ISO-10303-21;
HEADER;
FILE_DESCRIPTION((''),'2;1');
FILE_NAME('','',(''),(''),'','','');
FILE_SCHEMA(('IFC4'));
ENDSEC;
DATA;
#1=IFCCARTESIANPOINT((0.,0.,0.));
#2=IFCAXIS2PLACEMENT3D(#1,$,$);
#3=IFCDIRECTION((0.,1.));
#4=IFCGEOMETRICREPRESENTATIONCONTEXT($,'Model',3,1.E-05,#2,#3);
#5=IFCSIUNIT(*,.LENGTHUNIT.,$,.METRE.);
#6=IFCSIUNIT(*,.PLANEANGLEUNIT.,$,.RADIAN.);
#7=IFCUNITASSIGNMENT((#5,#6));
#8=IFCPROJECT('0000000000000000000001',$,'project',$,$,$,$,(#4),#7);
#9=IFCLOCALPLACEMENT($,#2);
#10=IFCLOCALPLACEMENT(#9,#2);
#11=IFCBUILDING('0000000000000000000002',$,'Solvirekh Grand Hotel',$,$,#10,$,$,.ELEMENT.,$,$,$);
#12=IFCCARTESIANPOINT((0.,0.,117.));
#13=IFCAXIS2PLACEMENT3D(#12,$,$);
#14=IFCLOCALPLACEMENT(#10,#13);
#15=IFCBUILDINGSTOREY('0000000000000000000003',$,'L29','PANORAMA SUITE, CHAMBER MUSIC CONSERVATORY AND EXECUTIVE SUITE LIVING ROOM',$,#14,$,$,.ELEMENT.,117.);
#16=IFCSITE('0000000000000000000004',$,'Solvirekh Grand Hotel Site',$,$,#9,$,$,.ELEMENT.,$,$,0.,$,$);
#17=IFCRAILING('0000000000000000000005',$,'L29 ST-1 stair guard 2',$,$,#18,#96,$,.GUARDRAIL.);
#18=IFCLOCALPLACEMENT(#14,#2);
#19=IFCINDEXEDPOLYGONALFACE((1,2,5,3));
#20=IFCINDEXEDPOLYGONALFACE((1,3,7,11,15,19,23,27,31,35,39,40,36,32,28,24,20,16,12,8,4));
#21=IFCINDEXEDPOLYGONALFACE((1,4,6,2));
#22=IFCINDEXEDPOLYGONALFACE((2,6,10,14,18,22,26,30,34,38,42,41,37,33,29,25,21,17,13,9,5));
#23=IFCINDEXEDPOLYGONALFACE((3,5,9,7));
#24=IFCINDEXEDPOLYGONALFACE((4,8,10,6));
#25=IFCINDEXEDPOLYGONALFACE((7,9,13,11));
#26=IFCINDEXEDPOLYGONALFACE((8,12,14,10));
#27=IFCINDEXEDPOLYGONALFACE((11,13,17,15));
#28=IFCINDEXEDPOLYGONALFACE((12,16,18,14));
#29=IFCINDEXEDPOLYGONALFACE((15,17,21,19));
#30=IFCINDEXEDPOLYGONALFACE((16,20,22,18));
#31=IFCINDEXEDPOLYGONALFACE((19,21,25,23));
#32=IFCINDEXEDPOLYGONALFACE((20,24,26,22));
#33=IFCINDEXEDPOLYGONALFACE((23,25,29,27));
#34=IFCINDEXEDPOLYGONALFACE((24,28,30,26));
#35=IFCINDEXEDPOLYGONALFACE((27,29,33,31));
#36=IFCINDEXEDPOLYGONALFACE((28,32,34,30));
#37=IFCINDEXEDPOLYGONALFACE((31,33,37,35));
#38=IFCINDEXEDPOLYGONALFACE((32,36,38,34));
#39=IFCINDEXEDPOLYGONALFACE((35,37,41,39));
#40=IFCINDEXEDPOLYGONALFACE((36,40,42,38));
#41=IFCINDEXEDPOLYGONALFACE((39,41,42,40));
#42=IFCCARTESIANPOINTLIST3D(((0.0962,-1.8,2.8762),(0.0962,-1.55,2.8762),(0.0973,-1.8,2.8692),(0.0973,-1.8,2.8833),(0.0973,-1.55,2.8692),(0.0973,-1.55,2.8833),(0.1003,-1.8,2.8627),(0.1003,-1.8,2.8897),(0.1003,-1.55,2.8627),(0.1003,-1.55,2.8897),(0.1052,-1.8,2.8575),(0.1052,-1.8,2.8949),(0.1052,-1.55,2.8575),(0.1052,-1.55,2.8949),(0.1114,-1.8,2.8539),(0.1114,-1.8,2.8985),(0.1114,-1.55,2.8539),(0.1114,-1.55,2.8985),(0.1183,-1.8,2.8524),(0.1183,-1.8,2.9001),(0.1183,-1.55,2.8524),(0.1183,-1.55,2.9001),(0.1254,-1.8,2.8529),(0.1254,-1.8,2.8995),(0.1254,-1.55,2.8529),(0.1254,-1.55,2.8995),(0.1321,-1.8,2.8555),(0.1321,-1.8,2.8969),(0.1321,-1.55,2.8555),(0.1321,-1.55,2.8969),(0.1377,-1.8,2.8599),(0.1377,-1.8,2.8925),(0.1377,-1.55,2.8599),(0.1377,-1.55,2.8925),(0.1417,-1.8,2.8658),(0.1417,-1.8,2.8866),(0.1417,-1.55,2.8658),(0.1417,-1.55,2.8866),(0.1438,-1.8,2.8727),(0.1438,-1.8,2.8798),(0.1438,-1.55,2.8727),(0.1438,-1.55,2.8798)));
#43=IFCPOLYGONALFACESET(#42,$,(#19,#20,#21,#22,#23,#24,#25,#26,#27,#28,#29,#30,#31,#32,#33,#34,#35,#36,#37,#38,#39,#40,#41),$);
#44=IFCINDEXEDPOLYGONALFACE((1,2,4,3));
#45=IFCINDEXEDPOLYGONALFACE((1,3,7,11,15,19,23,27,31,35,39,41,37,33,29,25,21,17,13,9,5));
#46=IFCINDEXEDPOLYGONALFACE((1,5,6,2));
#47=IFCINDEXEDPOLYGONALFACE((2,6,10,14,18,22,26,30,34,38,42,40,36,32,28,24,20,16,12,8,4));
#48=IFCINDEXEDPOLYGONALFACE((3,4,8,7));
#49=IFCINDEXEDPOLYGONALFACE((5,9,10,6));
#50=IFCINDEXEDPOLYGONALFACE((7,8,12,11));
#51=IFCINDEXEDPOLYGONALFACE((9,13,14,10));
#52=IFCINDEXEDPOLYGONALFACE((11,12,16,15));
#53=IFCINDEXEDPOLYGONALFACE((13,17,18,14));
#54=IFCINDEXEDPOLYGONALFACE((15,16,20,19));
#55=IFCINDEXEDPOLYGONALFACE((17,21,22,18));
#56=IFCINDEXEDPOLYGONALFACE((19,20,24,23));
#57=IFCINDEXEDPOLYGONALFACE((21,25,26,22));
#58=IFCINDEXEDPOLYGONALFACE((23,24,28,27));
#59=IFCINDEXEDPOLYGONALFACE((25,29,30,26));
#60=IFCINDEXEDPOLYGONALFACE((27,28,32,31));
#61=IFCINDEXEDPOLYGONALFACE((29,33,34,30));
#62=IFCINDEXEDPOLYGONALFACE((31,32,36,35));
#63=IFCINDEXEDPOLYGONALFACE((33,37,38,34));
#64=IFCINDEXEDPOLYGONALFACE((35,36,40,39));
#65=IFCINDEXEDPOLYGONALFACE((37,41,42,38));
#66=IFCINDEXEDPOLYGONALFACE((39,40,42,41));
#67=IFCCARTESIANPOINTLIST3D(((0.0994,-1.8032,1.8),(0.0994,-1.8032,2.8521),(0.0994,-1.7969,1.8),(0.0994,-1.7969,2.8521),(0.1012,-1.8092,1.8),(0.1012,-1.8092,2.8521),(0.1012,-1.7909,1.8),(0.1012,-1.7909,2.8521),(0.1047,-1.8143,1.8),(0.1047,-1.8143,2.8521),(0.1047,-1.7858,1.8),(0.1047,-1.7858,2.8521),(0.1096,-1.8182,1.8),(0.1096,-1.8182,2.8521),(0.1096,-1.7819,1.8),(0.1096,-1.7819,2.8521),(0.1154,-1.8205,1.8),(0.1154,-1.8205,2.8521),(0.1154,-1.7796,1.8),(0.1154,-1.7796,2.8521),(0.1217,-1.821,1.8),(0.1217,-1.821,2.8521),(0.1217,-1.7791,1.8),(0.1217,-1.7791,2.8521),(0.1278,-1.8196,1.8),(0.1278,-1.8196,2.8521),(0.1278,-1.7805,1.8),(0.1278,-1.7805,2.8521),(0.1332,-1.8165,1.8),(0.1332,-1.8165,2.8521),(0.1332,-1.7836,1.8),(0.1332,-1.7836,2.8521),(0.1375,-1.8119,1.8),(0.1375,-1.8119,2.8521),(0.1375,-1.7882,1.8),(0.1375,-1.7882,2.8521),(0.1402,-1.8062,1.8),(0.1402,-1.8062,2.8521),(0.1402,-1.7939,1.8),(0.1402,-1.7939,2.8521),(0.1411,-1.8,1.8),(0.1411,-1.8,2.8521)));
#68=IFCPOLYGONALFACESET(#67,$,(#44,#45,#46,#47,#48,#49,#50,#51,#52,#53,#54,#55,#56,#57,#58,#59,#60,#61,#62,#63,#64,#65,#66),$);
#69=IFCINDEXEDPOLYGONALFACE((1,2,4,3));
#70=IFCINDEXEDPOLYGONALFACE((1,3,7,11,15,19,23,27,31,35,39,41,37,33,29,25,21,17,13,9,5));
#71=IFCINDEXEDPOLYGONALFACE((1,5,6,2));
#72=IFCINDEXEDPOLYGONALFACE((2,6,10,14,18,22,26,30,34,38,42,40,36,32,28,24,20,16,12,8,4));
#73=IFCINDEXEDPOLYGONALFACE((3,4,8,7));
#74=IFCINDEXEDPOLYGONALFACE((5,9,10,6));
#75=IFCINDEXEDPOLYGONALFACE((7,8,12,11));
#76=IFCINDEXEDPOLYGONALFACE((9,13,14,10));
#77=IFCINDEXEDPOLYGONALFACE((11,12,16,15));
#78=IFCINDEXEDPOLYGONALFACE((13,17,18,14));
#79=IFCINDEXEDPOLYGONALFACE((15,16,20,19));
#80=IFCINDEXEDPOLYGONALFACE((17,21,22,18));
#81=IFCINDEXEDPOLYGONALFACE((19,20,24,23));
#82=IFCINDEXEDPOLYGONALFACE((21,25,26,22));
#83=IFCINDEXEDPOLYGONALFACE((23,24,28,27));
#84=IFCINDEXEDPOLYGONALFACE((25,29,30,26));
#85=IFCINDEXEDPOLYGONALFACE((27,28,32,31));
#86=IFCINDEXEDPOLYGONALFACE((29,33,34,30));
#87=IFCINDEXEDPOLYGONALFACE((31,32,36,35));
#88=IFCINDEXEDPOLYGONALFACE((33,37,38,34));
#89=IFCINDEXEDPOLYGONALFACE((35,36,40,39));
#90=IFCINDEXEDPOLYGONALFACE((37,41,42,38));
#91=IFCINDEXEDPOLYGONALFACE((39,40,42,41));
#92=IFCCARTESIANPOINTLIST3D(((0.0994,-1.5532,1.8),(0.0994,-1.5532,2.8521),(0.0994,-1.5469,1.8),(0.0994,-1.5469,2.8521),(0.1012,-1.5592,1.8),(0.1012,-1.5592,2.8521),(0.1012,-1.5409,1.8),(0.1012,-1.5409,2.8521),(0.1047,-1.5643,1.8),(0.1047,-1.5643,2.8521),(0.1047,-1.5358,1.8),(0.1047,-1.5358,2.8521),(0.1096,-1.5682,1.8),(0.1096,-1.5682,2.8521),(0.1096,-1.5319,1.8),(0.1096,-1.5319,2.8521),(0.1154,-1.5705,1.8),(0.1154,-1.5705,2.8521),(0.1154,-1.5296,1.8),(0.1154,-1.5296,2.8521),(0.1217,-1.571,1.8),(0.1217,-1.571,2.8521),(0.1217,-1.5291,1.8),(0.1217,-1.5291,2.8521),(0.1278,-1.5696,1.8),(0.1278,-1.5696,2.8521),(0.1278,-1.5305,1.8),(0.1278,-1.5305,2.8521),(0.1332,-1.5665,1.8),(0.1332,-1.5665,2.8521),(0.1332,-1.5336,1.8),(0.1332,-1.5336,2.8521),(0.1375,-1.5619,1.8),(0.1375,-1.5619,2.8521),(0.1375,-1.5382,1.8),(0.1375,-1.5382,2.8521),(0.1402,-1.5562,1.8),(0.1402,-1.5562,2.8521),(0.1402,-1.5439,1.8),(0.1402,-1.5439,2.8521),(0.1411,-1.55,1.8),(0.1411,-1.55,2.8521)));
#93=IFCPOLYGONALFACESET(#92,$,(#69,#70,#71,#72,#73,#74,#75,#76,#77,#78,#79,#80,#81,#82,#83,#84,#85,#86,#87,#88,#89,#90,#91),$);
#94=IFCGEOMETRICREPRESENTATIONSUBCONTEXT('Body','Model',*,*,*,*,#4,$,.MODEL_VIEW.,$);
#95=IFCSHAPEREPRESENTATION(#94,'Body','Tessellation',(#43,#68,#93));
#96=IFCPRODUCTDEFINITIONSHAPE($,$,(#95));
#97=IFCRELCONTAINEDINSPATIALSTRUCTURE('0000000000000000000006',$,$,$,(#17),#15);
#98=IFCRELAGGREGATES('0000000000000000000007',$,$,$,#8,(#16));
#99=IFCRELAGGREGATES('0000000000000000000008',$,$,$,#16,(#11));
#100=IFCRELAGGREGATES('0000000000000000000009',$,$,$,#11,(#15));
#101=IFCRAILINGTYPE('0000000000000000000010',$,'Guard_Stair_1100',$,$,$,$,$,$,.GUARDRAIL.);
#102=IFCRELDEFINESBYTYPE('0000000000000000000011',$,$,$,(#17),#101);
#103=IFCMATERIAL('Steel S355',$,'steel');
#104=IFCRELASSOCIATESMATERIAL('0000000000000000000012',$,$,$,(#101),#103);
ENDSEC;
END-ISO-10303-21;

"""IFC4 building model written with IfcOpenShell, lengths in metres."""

from ifc_helpers import new_model, si_unit, direction, frame, origin, origin_2d, place, context, subcontext, project, spatial, circle, extrude, material, type_object, element, save


model = new_model("IFC4")

# Units and contexts
model_context = context("Model", 3, precision=1e-05, world=origin(), true_north=direction((0.0, 1.0)))
body_context = subcontext(model_context, "Body", "Model", "MODEL_VIEW")
ifc_project = project(units=[si_unit("LENGTHUNIT", "METRE"), si_unit("PLANEANGLEUNIT", "RADIAN")], contexts=[model_context])

# Site, building, storey
site_placement = place(None, origin())
site = spatial("IfcSite", under=ifc_project, at=site_placement, Name="Solvirekh Grand Hotel Site", CompositionType="ELEMENT", RefElevation=0.0)
building_placement = place(site_placement, origin())
building = spatial("IfcBuilding", under=site, at=building_placement, Name="Solvirekh Grand Hotel", CompositionType="ELEMENT")
storey_placement = place(building_placement, frame((0.0, 0.0, 117.0)))
storey = spatial("IfcBuildingStorey", under=building, at=storey_placement, Name="L29", Description="PANORAMA SUITE, CHAMBER MUSIC CONSERVATORY AND EXECUTIVE SUITE LIVING ROOM", CompositionType="ELEMENT", Elevation=117.0)

# Shared definitions
ifc_material_1 = material(Name="Steel S355", Category="steel")

# Railing
railing_type = type_object("IfcRailingType", Name="Guard_Stair_1100", PredefinedType="GUARDRAIL", material=ifc_material_1)
railing_1_placement = place(storey_placement, frame((0.1201, -1.8, 1.8)))
element("IfcRailing", 1, at=railing_1_placement, inside=storey, type_object=railing_type, Name="L29 ST-1 stair guard 2", PredefinedType="GUARDRAIL", context=body_context, shape_type="SweptSolid", body=[
    extrude(circle(Radius=0.0239, at=origin_2d()), frame((0.0, 0.0, 1.0762), z_axis=(0.0, 1.0, 0.0), x_axis=(-1.0, 0.0, 0.0)), (0.0, 0.0, 1.0), 0.25),
    extrude(circle(Radius=0.021, at=origin_2d()), origin(), (0.0, 0.0, 1.0), 1.052),
    extrude(circle(Radius=0.021, at=origin_2d()), frame((0.0, 0.25, 0.0)), (0.0, 0.0, 1.0), 1.052),
])

save(model, "model.ifc")
